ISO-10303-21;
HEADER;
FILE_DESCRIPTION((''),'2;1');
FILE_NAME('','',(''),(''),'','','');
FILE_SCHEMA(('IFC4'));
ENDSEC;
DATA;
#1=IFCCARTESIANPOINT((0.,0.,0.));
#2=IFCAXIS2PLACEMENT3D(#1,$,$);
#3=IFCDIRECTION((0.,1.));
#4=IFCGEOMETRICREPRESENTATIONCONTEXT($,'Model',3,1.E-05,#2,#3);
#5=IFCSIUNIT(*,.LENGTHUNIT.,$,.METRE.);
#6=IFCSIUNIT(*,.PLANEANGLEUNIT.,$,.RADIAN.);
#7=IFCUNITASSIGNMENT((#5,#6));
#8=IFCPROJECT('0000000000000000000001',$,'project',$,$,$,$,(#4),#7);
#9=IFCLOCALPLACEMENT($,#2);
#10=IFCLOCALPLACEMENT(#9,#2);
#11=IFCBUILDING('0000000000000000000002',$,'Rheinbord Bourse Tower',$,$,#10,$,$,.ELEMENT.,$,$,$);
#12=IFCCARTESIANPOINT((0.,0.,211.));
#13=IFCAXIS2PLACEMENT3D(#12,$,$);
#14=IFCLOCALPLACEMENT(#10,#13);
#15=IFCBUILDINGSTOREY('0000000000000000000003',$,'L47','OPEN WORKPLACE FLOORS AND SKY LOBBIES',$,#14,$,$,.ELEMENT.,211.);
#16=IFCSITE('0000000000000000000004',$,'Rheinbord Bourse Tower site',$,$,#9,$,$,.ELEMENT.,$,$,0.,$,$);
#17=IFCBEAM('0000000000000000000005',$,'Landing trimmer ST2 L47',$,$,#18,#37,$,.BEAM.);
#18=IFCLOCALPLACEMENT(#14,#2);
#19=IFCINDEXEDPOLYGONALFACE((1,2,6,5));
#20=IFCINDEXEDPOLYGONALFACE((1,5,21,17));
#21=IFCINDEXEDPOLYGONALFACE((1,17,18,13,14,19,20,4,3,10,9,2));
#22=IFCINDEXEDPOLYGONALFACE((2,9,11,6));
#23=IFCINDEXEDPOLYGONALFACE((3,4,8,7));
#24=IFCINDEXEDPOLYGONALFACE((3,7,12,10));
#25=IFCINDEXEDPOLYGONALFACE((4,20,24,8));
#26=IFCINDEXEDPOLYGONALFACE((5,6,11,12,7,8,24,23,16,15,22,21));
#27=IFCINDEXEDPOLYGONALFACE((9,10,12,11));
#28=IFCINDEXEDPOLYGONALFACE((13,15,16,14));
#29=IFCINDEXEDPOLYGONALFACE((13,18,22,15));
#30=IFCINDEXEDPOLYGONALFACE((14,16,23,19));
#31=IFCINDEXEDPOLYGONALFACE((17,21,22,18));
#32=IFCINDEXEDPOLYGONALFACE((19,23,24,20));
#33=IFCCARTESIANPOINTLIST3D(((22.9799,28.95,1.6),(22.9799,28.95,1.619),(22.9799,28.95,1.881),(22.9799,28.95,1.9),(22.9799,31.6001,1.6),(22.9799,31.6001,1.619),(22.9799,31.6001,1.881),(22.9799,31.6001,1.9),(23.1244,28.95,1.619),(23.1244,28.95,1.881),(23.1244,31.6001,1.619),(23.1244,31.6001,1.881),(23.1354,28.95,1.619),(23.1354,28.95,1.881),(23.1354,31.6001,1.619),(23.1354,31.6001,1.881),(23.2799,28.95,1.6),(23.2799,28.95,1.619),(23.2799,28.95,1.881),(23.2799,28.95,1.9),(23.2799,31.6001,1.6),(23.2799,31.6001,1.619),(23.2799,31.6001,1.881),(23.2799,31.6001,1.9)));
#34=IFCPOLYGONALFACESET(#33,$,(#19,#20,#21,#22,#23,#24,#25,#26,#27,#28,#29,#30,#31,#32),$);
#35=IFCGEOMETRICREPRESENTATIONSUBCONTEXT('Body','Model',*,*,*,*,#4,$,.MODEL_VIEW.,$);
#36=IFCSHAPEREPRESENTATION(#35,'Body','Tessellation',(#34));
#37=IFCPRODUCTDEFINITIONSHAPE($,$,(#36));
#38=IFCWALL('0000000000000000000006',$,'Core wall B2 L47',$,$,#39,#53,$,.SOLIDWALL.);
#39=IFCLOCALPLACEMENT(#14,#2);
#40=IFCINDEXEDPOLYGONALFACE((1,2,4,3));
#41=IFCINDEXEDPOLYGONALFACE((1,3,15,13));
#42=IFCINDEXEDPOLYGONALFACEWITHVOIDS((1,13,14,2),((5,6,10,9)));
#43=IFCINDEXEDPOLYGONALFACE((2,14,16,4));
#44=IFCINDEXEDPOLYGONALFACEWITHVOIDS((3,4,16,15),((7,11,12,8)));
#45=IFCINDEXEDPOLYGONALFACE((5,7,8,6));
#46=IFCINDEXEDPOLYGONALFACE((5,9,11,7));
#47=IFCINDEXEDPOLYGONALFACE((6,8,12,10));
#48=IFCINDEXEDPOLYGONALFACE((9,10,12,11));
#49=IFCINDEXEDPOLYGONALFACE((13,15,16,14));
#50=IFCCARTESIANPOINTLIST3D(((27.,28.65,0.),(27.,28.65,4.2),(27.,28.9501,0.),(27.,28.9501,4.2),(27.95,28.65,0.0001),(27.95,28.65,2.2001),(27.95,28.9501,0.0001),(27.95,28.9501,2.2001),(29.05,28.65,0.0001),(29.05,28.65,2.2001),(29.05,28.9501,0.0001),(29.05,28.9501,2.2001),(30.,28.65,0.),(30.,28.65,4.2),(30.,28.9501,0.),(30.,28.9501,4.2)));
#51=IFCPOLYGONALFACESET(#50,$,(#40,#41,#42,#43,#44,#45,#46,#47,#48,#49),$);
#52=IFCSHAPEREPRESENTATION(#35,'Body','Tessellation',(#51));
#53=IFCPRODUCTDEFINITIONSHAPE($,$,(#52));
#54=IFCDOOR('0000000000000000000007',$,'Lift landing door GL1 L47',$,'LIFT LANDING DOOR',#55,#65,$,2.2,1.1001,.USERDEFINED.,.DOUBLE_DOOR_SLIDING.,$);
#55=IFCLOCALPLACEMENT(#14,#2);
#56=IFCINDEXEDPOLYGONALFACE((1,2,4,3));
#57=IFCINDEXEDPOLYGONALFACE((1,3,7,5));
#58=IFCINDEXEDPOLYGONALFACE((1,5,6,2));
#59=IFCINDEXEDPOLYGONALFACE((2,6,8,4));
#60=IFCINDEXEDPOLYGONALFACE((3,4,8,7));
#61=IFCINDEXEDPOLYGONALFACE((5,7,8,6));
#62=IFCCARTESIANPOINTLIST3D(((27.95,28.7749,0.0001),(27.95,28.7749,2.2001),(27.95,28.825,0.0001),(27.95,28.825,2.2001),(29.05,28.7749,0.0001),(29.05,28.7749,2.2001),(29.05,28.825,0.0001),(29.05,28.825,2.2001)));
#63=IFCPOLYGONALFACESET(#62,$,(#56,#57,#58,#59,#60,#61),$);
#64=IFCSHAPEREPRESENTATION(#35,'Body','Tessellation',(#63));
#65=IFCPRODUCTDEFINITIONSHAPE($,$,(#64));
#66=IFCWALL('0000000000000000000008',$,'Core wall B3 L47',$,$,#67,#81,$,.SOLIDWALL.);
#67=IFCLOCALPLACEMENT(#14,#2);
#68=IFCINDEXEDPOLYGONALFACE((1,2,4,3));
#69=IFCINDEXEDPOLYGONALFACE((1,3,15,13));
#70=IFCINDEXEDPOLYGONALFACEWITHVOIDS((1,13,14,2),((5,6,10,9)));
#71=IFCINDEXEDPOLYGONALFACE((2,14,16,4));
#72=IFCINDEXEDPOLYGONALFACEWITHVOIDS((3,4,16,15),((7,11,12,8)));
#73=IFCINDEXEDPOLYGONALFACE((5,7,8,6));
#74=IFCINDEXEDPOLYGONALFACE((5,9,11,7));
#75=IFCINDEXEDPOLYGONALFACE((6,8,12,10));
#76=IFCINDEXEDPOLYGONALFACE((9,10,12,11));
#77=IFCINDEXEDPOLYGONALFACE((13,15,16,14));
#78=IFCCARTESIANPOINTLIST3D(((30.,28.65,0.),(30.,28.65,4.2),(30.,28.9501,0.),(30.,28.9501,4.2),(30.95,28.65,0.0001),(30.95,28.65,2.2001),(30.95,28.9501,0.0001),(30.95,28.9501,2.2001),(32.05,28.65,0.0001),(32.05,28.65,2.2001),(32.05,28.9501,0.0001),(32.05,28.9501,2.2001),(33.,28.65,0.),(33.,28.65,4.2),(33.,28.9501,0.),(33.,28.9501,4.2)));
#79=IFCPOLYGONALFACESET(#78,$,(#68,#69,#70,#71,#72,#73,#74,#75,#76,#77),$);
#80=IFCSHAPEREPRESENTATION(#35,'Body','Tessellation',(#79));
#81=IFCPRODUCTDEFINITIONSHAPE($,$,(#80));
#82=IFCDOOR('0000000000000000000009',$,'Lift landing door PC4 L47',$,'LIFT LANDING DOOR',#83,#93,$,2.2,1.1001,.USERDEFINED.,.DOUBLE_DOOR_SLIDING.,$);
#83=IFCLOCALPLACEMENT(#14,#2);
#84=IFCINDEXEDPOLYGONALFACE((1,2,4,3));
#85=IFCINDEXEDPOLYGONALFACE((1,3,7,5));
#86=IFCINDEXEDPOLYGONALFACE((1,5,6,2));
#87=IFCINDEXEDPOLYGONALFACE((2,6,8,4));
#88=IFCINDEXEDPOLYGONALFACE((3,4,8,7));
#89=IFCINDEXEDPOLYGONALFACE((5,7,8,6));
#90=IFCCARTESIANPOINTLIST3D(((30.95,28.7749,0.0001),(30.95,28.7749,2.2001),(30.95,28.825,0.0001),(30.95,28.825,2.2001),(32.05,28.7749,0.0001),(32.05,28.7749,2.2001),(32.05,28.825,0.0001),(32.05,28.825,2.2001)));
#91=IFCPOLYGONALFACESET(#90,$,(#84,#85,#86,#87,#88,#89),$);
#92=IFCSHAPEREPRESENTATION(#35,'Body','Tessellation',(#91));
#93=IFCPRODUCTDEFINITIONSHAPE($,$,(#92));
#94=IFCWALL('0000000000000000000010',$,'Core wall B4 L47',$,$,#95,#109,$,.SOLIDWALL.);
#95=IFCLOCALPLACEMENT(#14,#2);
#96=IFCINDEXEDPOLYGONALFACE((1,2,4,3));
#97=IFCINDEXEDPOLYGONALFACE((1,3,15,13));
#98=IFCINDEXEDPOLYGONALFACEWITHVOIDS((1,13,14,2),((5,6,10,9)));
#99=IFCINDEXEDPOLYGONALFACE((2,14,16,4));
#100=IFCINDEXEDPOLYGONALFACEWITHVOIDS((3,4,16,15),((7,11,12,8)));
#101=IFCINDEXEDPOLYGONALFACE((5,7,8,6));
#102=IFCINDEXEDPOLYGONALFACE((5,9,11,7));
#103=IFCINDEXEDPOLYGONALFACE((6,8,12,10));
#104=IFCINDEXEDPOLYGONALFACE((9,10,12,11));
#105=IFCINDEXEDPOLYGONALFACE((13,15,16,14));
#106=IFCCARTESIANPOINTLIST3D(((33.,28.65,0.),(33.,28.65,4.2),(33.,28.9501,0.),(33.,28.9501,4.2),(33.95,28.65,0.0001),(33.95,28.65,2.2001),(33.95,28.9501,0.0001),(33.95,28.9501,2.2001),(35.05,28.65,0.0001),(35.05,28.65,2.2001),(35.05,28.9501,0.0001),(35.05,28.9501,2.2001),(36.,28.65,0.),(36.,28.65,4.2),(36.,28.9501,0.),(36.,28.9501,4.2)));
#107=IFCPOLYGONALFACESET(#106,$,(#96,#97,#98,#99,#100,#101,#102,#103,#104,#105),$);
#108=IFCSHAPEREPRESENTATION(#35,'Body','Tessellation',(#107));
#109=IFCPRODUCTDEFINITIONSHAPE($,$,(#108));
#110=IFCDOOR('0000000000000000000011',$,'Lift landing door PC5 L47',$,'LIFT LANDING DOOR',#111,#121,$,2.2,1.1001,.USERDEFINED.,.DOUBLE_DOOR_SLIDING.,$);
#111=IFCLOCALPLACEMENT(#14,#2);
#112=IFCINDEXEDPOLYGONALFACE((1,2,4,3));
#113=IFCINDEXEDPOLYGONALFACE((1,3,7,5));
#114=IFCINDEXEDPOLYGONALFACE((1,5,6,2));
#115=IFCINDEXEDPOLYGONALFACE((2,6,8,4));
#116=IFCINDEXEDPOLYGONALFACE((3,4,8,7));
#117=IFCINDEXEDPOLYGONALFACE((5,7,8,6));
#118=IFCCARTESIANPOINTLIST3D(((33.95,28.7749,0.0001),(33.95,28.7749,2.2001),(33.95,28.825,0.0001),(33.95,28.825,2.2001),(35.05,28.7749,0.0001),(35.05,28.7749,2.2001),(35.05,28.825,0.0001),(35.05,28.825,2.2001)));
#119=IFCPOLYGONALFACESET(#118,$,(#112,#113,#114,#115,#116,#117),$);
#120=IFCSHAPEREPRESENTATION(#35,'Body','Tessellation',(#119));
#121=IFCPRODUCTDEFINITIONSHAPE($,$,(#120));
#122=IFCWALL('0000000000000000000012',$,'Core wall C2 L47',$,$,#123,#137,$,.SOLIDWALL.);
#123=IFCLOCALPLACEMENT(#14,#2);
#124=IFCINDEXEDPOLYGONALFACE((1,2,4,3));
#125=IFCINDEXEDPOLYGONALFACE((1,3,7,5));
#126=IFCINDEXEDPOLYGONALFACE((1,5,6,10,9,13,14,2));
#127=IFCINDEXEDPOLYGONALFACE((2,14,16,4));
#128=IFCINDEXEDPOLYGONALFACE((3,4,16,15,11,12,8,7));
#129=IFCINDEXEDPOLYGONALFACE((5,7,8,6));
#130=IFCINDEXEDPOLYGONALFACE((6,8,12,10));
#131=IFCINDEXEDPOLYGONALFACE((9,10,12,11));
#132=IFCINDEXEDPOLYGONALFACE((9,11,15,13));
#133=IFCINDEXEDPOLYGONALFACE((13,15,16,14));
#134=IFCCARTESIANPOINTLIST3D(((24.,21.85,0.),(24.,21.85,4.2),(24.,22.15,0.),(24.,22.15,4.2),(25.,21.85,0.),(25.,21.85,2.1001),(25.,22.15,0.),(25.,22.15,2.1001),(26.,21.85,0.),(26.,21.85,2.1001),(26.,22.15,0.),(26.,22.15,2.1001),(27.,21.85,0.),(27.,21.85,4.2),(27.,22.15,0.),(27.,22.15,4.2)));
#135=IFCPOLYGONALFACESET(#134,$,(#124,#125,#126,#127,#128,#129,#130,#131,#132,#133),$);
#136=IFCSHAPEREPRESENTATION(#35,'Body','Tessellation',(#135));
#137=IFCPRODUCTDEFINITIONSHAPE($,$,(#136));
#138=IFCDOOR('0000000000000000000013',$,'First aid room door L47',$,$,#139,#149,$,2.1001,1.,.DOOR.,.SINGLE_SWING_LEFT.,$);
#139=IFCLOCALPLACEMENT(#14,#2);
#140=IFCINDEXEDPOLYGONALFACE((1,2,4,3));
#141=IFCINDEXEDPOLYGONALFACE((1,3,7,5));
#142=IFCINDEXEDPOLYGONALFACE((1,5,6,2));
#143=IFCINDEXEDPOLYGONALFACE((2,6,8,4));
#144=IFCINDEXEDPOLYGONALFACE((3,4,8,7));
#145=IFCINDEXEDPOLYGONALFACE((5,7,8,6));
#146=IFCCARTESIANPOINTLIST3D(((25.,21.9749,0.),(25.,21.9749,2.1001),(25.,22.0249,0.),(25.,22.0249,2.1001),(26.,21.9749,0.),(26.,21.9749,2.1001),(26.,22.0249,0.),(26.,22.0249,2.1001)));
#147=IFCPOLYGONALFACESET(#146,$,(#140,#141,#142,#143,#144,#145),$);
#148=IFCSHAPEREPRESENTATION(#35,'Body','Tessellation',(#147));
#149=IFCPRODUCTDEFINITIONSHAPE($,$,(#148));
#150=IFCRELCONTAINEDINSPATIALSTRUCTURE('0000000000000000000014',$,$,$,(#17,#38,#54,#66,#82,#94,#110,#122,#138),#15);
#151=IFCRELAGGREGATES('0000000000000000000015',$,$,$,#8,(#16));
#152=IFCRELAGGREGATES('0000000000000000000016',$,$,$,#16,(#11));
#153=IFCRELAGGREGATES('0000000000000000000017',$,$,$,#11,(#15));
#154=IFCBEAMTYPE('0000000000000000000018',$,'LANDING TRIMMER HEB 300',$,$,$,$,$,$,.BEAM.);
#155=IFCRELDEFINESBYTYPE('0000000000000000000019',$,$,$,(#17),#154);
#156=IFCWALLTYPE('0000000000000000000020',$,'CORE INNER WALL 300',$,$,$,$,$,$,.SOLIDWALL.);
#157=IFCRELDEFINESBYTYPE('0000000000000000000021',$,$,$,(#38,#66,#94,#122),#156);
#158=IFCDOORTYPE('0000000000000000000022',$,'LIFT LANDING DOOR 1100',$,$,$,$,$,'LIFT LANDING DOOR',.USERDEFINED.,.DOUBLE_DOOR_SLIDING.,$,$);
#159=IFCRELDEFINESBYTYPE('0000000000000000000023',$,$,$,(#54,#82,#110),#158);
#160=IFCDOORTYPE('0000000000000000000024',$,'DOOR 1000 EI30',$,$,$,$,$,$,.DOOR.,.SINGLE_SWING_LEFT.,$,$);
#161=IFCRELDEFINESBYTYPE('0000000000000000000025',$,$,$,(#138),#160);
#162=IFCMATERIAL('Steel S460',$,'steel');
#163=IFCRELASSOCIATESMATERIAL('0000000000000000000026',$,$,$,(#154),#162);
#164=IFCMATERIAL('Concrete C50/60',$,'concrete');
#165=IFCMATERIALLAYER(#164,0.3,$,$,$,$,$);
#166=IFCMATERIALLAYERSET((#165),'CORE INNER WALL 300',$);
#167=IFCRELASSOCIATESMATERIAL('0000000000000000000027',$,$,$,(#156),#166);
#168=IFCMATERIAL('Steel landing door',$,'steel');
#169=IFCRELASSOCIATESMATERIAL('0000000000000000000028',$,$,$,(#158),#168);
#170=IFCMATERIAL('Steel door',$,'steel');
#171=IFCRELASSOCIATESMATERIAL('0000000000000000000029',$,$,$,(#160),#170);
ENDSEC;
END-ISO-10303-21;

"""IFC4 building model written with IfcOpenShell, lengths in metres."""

from ifc_helpers import new_model, si_unit, direction, frame, frame_2d, origin, origin_2d, place, context, subcontext, project, spatial, rectangle, i_section, extrude, material, layer, layer_set, material_profile, profile_set, type_object, element, fill, save


model = new_model("IFC4")

# Units and contexts
model_context = context("Model", 3, precision=1e-05, world=origin(), true_north=direction((0.0, 1.0)))
body_context = subcontext(model_context, "Body", "Model", "MODEL_VIEW")
ifc_project = project(units=[si_unit("LENGTHUNIT", "METRE"), si_unit("PLANEANGLEUNIT", "RADIAN")], contexts=[model_context])

# Site, building, storey
site_placement = place(None, origin())
site = spatial("IfcSite", under=ifc_project, at=site_placement, Name="Rheinbord Bourse Tower site", CompositionType="ELEMENT", RefElevation=0.0)
building_placement = place(site_placement, origin())
building = spatial("IfcBuilding", under=site, at=building_placement, Name="Rheinbord Bourse Tower", CompositionType="ELEMENT")
storey_placement = place(building_placement, frame((0.0, 0.0, 211.0)))
storey = spatial("IfcBuildingStorey", under=building, at=storey_placement, Name="L47", Description="OPEN WORKPLACE FLOORS AND SKY LOBBIES", CompositionType="ELEMENT", Elevation=211.0)

# Beam
ifc_material_1 = material(Name="Steel S460", Category="steel")
ifc_material_profile = material_profile(ifc_material_1, i_section(OverallWidth=0.3, OverallDepth=0.3, WebThickness=0.011, FlangeThickness=0.019, at=origin_2d()), Name="HEB 300")
ifc_profile_set = profile_set([ifc_material_profile], Name="Steel S460")
beam_type = type_object("IfcBeamType", Name="LANDING TRIMMER HEB 300", PredefinedType="BEAM", material=ifc_profile_set)
beam_placement = place(storey_placement, frame((23.1299, 28.95, 1.75), z_axis=(0.0, 1.0, 0.0), x_axis=(-1.0, 0.0, 0.0)))
element("IfcBeam", 1, at=beam_placement, inside=storey, type_object=beam_type, Name="Landing trimmer ST2 L47", PredefinedType="BEAM", context=body_context, shape_type="SweptSolid", body=[
    extrude(i_section(OverallWidth=0.3, OverallDepth=0.3, WebThickness=0.011, FlangeThickness=0.019, at=origin_2d()), origin(), (0.0, 0.0, 1.0), 2.6501),
])

# Walls, openings, doors
ifc_material_2 = material(Name="Concrete C50/60", Category="concrete")
ifc_layer_1 = layer(ifc_material_2, 0.3)
ifc_layer_set_1 = layer_set([ifc_layer_1], Name="CORE INNER WALL 300")
wall_type_1 = type_object("IfcWallType", Name="CORE INNER WALL 300", PredefinedType="SOLIDWALL", material=ifc_layer_set_1)
wall_1_placement = place(storey_placement, frame((27.0, 28.8, 0.0), z_axis=(0.0, 0.0, 1.0), x_axis=(1.0, 0.0, 0.0)))
wall_1 = element("IfcWall", 2, at=wall_1_placement, inside=storey, type_object=wall_type_1, Name="Core wall B2 L47", PredefinedType="SOLIDWALL", context=body_context, shape_type="SweptSolid", body=[
    extrude(rectangle(XDim=3.0, YDim=0.3, at=frame_2d((1.5, 0.0))), origin(), (0.0, 0.0, 1.0), 4.2),
])
opening_1_placement = place(wall_1_placement, frame((0.95, 0.0, 0.0)))
opening_1 = element("IfcOpeningElement", 3, at=opening_1_placement, cuts=wall_1, PredefinedType="OPENING", context=body_context, shape_type="SweptSolid", body=[
    extrude(rectangle(XDim=1.1001, YDim=2.2, at=frame_2d((0.55, 1.1001))), frame((0.0, 0.1599, 0.0), z_axis=(0.0, -1.0, 0.0), x_axis=(1.0, 0.0, 0.0)), (0.0, 0.0, 1.0), 0.3201),
])
ifc_material_3 = material(Name="Steel landing door", Category="steel")
door_type_1 = type_object("IfcDoorType", Name="LIFT LANDING DOOR 1100", ElementType="LIFT LANDING DOOR", OperationType="DOUBLE_DOOR_SLIDING", PredefinedType="USERDEFINED", material=ifc_material_3)
door_1_placement = place(opening_1_placement, origin())
door_1 = element("IfcDoor", 4, at=door_1_placement, inside=storey, type_object=door_type_1, Name="Lift landing door GL1 L47", ObjectType="LIFT LANDING DOOR", OperationType="DOUBLE_DOOR_SLIDING", OverallHeight=2.2, OverallWidth=1.1001, PredefinedType="USERDEFINED", context=body_context, shape_type="SweptSolid", body=[
    extrude(rectangle(XDim=1.1001, YDim=2.2, at=frame_2d((0.55, 1.1001))), frame((0.0, 0.0249, 0.0), z_axis=(0.0, -1.0, 0.0), x_axis=(1.0, 0.0, 0.0)), (0.0, 0.0, 1.0), 0.05),
])
fill(opening_1, door_1)
wall_2_placement = place(storey_placement, frame((30.0, 28.8, 0.0), z_axis=(0.0, 0.0, 1.0), x_axis=(1.0, 0.0, 0.0)))
wall_2 = element("IfcWall", 5, at=wall_2_placement, inside=storey, type_object=wall_type_1, Name="Core wall B3 L47", PredefinedType="SOLIDWALL", context=body_context, shape_type="SweptSolid", body=[
    extrude(rectangle(XDim=3.0, YDim=0.3, at=frame_2d((1.5, 0.0))), origin(), (0.0, 0.0, 1.0), 4.2),
])
opening_2_placement = place(wall_2_placement, frame((0.95, 0.0, 0.0)))
opening_2 = element("IfcOpeningElement", 6, at=opening_2_placement, cuts=wall_2, PredefinedType="OPENING", context=body_context, shape_type="SweptSolid", body=[
    extrude(rectangle(XDim=1.1001, YDim=2.2, at=frame_2d((0.55, 1.1001))), frame((0.0, 0.1599, 0.0), z_axis=(0.0, -1.0, 0.0), x_axis=(1.0, 0.0, 0.0)), (0.0, 0.0, 1.0), 0.3201),
])
door_2_placement = place(opening_2_placement, origin())
door_2 = element("IfcDoor", 7, at=door_2_placement, inside=storey, type_object=door_type_1, Name="Lift landing door PC4 L47", ObjectType="LIFT LANDING DOOR", OperationType="DOUBLE_DOOR_SLIDING", OverallHeight=2.2, OverallWidth=1.1001, PredefinedType="USERDEFINED", context=body_context, shape_type="SweptSolid", body=[
    extrude(rectangle(XDim=1.1001, YDim=2.2, at=frame_2d((0.55, 1.1001))), frame((0.0, 0.0249, 0.0), z_axis=(0.0, -1.0, 0.0), x_axis=(1.0, 0.0, 0.0)), (0.0, 0.0, 1.0), 0.05),
])
fill(opening_2, door_2)
wall_3_placement = place(storey_placement, frame((33.0, 28.8, 0.0), z_axis=(0.0, 0.0, 1.0), x_axis=(1.0, 0.0, 0.0)))
wall_3 = element("IfcWall", 8, at=wall_3_placement, inside=storey, type_object=wall_type_1, Name="Core wall B4 L47", PredefinedType="SOLIDWALL", context=body_context, shape_type="SweptSolid", body=[
    extrude(rectangle(XDim=3.0, YDim=0.3, at=frame_2d((1.5, 0.0))), origin(), (0.0, 0.0, 1.0), 4.2),
])
opening_3_placement = place(wall_3_placement, frame((0.95, 0.0, 0.0)))
opening_3 = element("IfcOpeningElement", 9, at=opening_3_placement, cuts=wall_3, PredefinedType="OPENING", context=body_context, shape_type="SweptSolid", body=[
    extrude(rectangle(XDim=1.1001, YDim=2.2, at=frame_2d((0.55, 1.1001))), frame((0.0, 0.1599, 0.0), z_axis=(0.0, -1.0, 0.0), x_axis=(1.0, 0.0, 0.0)), (0.0, 0.0, 1.0), 0.3201),
])
door_3_placement = place(opening_3_placement, origin())
door_3 = element("IfcDoor", 10, at=door_3_placement, inside=storey, type_object=door_type_1, Name="Lift landing door PC5 L47", ObjectType="LIFT LANDING DOOR", OperationType="DOUBLE_DOOR_SLIDING", OverallHeight=2.2, OverallWidth=1.1001, PredefinedType="USERDEFINED", context=body_context, shape_type="SweptSolid", body=[
    extrude(rectangle(XDim=1.1001, YDim=2.2, at=frame_2d((0.55, 1.1001))), frame((0.0, 0.0249, 0.0), z_axis=(0.0, -1.0, 0.0), x_axis=(1.0, 0.0, 0.0)), (0.0, 0.0, 1.0), 0.05),
])
fill(opening_3, door_3)
wall_4_placement = place(storey_placement, frame((24.0, 22.0, 0.0), z_axis=(0.0, 0.0, 1.0), x_axis=(1.0, 0.0, 0.0)))
wall_4 = element("IfcWall", 11, at=wall_4_placement, inside=storey, type_object=wall_type_1, Name="Core wall C2 L47", PredefinedType="SOLIDWALL", context=body_context, shape_type="SweptSolid", body=[
    extrude(rectangle(XDim=3.0, YDim=0.3, at=frame_2d((1.5, 0.0))), origin(), (0.0, 0.0, 1.0), 4.2),
])
opening_4_placement = place(wall_4_placement, frame((1.0, 0.0, 0.0)))
opening_4 = element("IfcOpeningElement", 12, at=opening_4_placement, cuts=wall_4, PredefinedType="OPENING", context=body_context, shape_type="SweptSolid", body=[
    extrude(rectangle(XDim=1.0, YDim=2.1001, at=frame_2d((0.5, 1.05))), frame((0.0, 0.1599, 0.0), z_axis=(0.0, -1.0, 0.0), x_axis=(1.0, 0.0, 0.0)), (0.0, 0.0, 1.0), 0.3201),
])
ifc_material_4 = material(Name="Steel door", Category="steel")
door_type_2 = type_object("IfcDoorType", Name="DOOR 1000 EI30", OperationType="SINGLE_SWING_LEFT", PredefinedType="DOOR", material=ifc_material_4)
door_4_placement = place(opening_4_placement, origin())
door_4 = element("IfcDoor", 13, at=door_4_placement, inside=storey, type_object=door_type_2, Name="First aid room door L47", OperationType="SINGLE_SWING_LEFT", OverallHeight=2.1001, OverallWidth=1.0, PredefinedType="DOOR", context=body_context, shape_type="SweptSolid", body=[
    extrude(rectangle(XDim=1.0, YDim=2.1001, at=frame_2d((0.5, 1.05))), frame((0.0, 0.0249, 0.0), z_axis=(0.0, -1.0, 0.0), x_axis=(1.0, 0.0, 0.0)), (0.0, 0.0, 1.0), 0.05),
])
fill(opening_4, door_4)

save(model, "model.ifc")
